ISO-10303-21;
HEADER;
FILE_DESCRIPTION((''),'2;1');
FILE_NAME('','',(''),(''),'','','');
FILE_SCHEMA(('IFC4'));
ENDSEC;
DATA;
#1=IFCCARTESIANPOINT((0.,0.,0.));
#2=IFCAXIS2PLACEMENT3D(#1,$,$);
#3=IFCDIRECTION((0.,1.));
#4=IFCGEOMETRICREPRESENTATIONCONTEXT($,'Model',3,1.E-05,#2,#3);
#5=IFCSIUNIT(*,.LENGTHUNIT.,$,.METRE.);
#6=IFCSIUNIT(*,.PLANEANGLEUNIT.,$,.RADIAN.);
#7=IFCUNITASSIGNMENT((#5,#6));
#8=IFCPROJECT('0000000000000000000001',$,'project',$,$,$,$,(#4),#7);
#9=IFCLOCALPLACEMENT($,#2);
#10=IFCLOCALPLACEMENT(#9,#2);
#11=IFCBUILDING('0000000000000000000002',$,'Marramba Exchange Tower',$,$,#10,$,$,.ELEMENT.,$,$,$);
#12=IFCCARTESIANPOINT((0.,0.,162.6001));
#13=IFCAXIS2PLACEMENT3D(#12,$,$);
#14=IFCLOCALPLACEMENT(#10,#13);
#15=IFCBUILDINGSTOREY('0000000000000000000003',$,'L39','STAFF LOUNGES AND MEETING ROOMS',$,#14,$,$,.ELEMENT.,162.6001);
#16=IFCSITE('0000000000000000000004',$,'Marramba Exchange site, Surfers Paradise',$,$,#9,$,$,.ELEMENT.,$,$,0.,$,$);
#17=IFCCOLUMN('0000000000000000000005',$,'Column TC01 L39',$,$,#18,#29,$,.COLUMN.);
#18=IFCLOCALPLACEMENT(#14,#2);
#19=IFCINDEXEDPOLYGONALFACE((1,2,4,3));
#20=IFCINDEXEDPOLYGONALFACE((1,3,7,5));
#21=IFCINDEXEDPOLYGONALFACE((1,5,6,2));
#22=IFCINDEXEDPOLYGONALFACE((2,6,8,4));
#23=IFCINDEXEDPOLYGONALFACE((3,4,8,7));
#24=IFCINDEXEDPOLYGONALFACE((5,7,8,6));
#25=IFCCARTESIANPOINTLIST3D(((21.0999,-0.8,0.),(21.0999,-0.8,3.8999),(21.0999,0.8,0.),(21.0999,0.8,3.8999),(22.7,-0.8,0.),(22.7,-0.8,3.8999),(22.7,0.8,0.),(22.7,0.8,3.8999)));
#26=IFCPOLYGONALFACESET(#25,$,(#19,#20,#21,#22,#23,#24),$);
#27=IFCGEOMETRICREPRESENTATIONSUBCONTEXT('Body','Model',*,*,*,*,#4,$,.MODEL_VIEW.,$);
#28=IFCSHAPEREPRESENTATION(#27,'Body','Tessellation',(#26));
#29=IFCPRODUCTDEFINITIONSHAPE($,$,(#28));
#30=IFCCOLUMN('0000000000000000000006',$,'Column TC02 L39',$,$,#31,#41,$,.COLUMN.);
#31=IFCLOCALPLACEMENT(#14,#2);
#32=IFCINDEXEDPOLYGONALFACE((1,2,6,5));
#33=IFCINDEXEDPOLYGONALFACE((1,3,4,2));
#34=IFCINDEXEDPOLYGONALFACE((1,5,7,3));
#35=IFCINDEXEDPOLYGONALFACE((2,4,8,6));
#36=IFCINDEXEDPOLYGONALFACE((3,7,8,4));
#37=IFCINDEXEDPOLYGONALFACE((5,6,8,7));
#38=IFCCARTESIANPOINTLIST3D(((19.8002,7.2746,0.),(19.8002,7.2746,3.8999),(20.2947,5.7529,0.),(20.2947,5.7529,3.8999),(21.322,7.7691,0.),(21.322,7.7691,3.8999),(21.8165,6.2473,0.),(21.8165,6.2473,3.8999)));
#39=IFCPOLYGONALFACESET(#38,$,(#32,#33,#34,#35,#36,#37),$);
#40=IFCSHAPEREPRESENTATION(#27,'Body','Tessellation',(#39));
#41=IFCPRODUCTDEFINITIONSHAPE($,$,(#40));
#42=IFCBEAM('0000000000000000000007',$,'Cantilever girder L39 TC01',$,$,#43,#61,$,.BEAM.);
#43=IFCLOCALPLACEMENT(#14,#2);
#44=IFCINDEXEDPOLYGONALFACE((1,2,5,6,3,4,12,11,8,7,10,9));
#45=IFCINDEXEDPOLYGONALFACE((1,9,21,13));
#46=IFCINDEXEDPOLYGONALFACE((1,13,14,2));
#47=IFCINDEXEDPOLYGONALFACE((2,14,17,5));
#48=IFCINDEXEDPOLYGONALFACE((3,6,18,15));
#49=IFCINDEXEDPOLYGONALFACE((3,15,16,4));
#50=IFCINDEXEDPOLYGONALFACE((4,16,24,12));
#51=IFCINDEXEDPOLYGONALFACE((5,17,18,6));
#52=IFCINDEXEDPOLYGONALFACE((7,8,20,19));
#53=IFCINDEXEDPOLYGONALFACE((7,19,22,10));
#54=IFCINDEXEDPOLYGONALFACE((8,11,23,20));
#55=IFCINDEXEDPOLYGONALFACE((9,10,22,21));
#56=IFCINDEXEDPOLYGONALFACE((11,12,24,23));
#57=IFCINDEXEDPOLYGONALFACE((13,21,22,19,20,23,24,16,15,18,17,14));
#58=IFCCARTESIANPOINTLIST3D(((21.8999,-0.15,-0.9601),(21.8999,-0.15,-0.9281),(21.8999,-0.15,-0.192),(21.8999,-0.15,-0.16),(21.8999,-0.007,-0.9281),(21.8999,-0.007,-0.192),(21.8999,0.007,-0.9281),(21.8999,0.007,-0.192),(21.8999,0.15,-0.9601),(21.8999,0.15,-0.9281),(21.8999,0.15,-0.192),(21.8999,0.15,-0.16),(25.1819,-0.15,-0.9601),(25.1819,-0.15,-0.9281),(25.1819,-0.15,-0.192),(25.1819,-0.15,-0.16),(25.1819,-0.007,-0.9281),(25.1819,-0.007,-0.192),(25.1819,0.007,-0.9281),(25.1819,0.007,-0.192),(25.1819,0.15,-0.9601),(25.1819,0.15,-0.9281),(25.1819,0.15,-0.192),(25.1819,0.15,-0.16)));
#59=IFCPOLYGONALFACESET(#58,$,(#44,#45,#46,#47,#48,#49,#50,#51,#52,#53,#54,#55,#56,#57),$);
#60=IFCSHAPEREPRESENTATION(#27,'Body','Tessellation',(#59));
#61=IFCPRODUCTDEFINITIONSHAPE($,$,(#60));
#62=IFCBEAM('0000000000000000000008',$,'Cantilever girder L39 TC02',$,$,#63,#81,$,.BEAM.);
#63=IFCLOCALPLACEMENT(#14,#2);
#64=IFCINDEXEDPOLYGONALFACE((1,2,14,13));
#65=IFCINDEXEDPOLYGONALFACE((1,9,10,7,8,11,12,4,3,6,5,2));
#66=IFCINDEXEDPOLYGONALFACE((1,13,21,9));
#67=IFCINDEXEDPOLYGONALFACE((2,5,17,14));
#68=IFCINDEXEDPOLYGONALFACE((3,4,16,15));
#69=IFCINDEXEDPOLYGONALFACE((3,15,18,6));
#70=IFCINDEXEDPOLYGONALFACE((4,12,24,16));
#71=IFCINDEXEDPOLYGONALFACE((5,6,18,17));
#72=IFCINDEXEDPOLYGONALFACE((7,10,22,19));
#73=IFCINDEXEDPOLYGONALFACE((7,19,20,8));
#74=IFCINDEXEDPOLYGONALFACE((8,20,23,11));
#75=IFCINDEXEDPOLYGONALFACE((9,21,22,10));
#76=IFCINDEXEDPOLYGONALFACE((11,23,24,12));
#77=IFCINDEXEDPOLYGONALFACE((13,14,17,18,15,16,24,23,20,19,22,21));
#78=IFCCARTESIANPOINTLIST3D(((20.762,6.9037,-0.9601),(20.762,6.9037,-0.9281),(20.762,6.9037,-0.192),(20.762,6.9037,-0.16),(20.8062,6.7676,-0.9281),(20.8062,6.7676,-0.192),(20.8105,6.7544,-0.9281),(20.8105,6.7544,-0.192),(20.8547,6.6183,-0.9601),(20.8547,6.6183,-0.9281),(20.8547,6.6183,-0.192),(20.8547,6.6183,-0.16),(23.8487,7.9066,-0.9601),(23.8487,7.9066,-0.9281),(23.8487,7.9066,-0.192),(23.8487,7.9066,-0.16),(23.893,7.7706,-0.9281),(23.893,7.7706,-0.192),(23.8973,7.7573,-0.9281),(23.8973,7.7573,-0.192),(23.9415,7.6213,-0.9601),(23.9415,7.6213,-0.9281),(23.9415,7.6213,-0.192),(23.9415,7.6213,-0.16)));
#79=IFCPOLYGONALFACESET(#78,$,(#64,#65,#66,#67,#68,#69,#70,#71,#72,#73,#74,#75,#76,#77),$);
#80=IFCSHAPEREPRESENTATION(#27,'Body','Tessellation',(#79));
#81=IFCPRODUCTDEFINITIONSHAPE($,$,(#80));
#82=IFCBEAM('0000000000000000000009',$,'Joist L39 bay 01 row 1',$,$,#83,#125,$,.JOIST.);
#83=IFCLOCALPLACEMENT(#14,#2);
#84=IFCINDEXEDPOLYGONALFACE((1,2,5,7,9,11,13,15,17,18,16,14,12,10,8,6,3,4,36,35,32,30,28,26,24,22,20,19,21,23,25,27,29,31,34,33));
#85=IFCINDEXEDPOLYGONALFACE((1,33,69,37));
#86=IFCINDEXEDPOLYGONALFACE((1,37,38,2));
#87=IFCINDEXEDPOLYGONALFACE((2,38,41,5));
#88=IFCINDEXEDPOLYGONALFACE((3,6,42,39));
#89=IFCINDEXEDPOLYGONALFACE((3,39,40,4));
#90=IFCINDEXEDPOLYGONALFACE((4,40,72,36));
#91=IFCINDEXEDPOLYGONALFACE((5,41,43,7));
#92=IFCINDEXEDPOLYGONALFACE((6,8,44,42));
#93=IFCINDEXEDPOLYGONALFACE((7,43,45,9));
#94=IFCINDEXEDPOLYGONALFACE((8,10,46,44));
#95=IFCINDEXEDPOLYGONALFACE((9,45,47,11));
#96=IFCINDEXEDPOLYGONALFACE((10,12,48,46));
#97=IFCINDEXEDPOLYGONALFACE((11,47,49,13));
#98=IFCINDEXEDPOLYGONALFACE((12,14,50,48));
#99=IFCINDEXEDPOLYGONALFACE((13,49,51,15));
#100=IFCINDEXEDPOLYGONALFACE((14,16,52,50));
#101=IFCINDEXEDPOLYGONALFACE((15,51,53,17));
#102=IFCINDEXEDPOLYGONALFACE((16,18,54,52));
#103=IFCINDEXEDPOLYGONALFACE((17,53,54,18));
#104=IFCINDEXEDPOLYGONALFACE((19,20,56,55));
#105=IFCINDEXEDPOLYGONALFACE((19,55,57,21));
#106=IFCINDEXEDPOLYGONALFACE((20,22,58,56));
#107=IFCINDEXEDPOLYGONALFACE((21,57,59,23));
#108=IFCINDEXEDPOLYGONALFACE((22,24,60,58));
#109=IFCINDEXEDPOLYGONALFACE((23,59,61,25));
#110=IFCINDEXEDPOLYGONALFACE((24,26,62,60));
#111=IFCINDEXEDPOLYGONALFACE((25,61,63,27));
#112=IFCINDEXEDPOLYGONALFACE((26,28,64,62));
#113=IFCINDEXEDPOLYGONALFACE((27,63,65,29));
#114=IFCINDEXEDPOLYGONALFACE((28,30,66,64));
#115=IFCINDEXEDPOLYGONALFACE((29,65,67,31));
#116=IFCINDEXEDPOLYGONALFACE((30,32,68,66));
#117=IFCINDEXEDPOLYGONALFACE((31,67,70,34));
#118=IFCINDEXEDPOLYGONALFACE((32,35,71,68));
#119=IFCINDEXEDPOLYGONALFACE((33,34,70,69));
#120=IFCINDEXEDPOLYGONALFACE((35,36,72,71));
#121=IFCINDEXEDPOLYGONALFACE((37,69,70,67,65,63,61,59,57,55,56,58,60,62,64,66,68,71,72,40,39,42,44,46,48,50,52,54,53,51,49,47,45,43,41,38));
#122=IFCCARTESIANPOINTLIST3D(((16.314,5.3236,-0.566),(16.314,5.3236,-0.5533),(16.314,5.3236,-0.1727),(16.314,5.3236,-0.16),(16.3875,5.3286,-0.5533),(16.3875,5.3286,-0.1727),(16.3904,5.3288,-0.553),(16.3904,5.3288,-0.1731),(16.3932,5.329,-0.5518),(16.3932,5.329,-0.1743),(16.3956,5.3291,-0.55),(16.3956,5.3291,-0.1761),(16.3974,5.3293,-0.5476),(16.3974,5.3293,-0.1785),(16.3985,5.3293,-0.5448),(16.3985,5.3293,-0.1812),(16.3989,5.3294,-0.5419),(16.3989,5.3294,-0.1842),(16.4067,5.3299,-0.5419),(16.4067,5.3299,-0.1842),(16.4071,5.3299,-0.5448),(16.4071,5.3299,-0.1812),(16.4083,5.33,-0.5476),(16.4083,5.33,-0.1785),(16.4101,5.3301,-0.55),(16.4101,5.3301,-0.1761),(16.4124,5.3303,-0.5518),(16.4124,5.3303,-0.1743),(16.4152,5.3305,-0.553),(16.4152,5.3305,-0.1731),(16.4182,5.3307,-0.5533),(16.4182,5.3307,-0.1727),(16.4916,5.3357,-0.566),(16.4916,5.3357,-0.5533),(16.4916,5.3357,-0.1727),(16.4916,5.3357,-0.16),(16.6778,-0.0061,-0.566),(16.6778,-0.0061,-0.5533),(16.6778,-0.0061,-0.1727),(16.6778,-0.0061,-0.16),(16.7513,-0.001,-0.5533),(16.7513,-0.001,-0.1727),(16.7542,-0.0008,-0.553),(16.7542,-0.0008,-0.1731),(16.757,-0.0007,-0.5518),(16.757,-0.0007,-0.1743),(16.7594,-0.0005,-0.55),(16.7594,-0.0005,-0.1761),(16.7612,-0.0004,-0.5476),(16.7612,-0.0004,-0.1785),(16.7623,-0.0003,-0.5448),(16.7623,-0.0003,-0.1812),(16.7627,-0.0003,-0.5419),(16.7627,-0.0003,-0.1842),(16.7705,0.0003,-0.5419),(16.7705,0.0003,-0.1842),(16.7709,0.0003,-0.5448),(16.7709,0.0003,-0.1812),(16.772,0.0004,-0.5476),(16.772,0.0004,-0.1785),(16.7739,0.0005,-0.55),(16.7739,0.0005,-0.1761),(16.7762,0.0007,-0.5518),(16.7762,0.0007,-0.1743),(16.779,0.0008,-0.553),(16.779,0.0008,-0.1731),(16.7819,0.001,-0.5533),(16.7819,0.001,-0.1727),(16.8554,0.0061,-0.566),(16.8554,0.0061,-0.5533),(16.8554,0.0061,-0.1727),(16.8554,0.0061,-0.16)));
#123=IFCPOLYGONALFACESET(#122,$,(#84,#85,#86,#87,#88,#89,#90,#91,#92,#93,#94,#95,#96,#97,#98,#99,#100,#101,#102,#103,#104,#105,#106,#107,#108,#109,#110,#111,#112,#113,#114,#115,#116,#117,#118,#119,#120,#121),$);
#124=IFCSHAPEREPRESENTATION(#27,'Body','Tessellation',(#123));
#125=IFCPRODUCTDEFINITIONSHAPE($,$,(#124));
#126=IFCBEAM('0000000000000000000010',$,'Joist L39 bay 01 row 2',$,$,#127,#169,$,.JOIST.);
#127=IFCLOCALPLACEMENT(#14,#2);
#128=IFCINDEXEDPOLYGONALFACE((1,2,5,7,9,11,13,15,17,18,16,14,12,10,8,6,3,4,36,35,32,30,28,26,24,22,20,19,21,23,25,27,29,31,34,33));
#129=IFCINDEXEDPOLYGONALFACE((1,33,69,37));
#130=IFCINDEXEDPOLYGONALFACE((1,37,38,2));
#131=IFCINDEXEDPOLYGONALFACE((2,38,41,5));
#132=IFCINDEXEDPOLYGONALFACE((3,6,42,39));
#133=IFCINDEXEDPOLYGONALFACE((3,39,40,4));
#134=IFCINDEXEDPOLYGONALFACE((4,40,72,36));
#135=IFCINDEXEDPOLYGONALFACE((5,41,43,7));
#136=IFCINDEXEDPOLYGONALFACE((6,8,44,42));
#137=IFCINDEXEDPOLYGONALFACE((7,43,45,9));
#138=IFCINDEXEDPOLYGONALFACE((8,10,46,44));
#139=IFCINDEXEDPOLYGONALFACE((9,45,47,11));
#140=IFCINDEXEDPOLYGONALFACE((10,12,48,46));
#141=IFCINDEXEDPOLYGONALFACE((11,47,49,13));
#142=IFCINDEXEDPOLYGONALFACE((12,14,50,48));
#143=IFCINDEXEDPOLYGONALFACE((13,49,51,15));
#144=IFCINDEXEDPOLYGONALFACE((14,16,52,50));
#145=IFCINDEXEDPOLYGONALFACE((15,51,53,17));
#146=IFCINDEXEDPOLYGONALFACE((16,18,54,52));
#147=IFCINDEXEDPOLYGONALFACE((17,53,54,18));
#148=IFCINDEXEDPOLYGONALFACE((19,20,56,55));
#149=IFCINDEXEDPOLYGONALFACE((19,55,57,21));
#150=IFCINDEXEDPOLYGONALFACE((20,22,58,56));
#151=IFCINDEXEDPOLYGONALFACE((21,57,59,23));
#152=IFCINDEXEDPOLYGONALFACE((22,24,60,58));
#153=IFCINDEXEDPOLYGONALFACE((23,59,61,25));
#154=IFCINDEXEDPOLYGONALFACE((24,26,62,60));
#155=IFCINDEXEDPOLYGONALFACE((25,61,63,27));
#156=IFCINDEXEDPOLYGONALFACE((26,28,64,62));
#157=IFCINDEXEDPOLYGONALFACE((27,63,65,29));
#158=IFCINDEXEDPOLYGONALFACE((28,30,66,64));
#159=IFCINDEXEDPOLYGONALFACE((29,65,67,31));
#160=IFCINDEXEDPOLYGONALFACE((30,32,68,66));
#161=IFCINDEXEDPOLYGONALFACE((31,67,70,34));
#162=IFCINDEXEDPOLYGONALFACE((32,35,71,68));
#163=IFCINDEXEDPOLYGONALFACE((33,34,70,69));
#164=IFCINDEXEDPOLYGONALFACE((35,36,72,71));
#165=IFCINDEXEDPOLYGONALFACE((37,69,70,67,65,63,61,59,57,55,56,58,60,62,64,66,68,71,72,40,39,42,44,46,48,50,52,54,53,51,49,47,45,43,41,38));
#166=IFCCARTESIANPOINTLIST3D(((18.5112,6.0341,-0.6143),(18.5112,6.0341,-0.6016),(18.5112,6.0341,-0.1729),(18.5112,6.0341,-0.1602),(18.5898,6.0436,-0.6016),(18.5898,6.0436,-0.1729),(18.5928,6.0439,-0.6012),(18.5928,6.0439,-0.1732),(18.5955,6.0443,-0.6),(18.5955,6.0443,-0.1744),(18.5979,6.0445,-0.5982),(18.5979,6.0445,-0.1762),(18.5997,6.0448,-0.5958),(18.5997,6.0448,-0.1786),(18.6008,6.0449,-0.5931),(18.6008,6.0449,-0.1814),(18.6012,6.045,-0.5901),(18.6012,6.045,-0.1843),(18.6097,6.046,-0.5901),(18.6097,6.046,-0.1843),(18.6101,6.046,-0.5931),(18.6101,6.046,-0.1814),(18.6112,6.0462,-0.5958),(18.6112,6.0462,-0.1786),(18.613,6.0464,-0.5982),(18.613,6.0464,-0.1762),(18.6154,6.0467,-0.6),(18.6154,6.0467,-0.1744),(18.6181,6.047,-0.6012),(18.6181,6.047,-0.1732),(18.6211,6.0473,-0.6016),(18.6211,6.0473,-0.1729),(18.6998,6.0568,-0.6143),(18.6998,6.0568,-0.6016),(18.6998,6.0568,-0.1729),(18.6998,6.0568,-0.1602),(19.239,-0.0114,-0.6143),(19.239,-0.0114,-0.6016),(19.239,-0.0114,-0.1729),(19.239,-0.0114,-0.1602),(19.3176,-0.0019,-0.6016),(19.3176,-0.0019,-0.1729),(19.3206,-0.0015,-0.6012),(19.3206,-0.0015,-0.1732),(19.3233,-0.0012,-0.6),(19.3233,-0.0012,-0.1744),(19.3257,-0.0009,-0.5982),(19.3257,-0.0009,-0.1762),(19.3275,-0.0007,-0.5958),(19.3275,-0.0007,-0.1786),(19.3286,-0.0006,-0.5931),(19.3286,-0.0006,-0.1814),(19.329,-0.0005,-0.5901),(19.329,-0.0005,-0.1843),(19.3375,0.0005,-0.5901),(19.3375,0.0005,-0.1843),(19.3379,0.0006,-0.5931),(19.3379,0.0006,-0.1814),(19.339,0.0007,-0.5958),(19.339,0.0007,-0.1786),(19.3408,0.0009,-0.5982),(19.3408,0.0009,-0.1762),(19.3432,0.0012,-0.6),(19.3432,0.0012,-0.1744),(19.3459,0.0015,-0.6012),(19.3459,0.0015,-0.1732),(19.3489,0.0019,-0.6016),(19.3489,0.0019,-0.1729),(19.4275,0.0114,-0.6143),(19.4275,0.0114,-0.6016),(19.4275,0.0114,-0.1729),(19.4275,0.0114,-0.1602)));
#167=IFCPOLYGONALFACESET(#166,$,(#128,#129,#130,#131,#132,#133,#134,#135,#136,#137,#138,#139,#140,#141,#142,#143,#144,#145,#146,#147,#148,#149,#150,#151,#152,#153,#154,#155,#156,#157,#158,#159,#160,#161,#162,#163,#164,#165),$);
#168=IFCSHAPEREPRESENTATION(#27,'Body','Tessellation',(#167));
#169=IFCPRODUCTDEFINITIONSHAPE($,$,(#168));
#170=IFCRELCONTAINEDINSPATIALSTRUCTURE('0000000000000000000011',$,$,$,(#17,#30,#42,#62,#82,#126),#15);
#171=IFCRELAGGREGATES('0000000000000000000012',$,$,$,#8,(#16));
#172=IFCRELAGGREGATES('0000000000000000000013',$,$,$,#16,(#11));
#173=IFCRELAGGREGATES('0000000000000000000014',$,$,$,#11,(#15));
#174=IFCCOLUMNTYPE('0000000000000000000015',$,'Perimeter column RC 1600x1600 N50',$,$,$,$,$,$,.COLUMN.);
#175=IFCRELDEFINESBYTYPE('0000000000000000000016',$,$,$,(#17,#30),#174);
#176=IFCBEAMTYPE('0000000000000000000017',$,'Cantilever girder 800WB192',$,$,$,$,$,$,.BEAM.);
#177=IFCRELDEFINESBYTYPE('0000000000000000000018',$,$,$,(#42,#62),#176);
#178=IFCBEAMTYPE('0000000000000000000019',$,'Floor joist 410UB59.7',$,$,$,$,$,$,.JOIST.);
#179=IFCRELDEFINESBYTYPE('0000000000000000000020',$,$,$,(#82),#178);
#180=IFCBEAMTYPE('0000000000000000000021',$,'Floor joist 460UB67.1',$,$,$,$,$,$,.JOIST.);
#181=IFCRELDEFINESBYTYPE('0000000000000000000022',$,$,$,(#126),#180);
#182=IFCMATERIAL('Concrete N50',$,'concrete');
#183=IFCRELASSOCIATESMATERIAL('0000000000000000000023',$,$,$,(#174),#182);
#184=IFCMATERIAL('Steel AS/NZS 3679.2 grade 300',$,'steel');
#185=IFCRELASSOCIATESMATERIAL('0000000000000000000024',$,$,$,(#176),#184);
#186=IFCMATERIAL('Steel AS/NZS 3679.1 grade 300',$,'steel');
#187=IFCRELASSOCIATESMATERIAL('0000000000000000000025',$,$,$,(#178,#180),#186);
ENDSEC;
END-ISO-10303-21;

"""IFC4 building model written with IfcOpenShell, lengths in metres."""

from ifc_helpers import new_model, si_unit, direction, frame, origin, origin_2d, place, context, subcontext, project, spatial, rectangle, i_section, extrude, material, material_profile, profile_set, type_object, element, save


model = new_model("IFC4")

# Units and contexts
model_context = context("Model", 3, precision=1e-05, world=origin(), true_north=direction((0.0, 1.0)))
body_context = subcontext(model_context, "Body", "Model", "MODEL_VIEW")
ifc_project = project(units=[si_unit("LENGTHUNIT", "METRE"), si_unit("PLANEANGLEUNIT", "RADIAN")], contexts=[model_context])

# Site, building, storey
site_placement = place(None, origin())
site = spatial("IfcSite", under=ifc_project, at=site_placement, Name="Marramba Exchange site, Surfers Paradise", CompositionType="ELEMENT", RefElevation=0.0)
building_placement = place(site_placement, origin())
building = spatial("IfcBuilding", under=site, at=building_placement, Name="Marramba Exchange Tower", CompositionType="ELEMENT")
storey_placement = place(building_placement, frame((0.0, 0.0, 162.6001)))
storey = spatial("IfcBuildingStorey", under=building, at=storey_placement, Name="L39", Description="STAFF LOUNGES AND MEETING ROOMS", CompositionType="ELEMENT", Elevation=162.6001)

# Columns
ifc_material_1 = material(Name="Concrete N50", Category="concrete")
ifc_material_profile_1 = material_profile(ifc_material_1, rectangle(XDim=1.6001, YDim=1.6001, at=origin_2d()), Name="RC 1600x1600")
ifc_profile_set_1 = profile_set([ifc_material_profile_1], Name="Concrete N50")
column_type = type_object("IfcColumnType", Name="Perimeter column RC 1600x1600 N50", PredefinedType="COLUMN", material=ifc_profile_set_1)
for number, where, z_axis, x_axis, name in (
    (1, (21.8999, 0.0, 0.0), (0.0, 0.0, 1.0), (1.0, 0.0, 0.0), "Column TC01 L39"),
    (2, (20.8083, 6.761, 0.0), (0.0, 0.0, 1.0), (0.951057, 0.309017, 0.0), "Column TC02 L39"),
):
    element("IfcColumn", number, at=place(storey_placement, frame(where, z_axis=z_axis, x_axis=x_axis)), inside=storey, type_object=column_type, Name=name, PredefinedType="COLUMN", context=body_context, shape_type="SweptSolid", body=[
        extrude(rectangle(XDim=1.6001, YDim=1.6001, at=origin_2d()), origin(), (0.0, 0.0, 1.0), 3.8999),
    ])

# Beams
ifc_material_2 = material(Name="Steel AS/NZS 3679.2 grade 300", Category="steel")
ifc_material_profile_2 = material_profile(ifc_material_2, i_section(OverallWidth=0.3, OverallDepth=0.8, WebThickness=0.0139, FlangeThickness=0.032, at=origin_2d()), Name="800WB192")
ifc_profile_set_2 = profile_set([ifc_material_profile_2], Name="Steel AS/NZS 3679.2 grade 300")
beam_type_1 = type_object("IfcBeamType", Name="Cantilever girder 800WB192", PredefinedType="BEAM", material=ifc_profile_set_2)
beam_1_placement = place(storey_placement, frame((21.8999, 0.0, -0.5601), z_axis=(1.0, 0.0, 0.0), x_axis=(0.0, 1.0, 0.0)))
element("IfcBeam", 3, at=beam_1_placement, inside=storey, type_object=beam_type_1, Name="Cantilever girder L39 TC01", PredefinedType="BEAM", context=body_context, shape_type="SweptSolid", body=[
    extrude(i_section(OverallWidth=0.3, OverallDepth=0.8, WebThickness=0.0139, FlangeThickness=0.032, at=origin_2d()), origin(), (0.0, 0.0, 1.0), 3.282),
])
beam_2_placement = place(storey_placement, frame((20.8083, 6.761, -0.5601), z_axis=(0.951056, 0.30902, 0.0), x_axis=(-0.30902, 0.951056, 0.0)))
element("IfcBeam", 4, at=beam_2_placement, inside=storey, type_object=beam_type_1, Name="Cantilever girder L39 TC02", PredefinedType="BEAM", context=body_context, shape_type="SweptSolid", body=[
    extrude(i_section(OverallWidth=0.3, OverallDepth=0.8, WebThickness=0.0139, FlangeThickness=0.032, at=origin_2d()), origin(), (0.0, 0.0, 1.0), 3.2456),
])
ifc_material_3 = material(Name="Steel AS/NZS 3679.1 grade 300", Category="steel")
ifc_material_profile_3 = material_profile(ifc_material_3, i_section(OverallWidth=0.178, OverallDepth=0.406, WebThickness=0.0078, FlangeThickness=0.0127, FilletRadius=0.0115, at=origin_2d()), Name="410UB59.7")
ifc_profile_set_3 = profile_set([ifc_material_profile_3], Name="Steel AS/NZS 3679.1 grade 300")
beam_type_2 = type_object("IfcBeamType", Name="Floor joist 410UB59.7", PredefinedType="JOIST", material=ifc_profile_set_3)
beam_3_placement = place(storey_placement, frame((16.7666, 0.0, -0.363), z_axis=(-0.068096, 0.997679, 0.0), x_axis=(-0.997679, -0.068096, 0.0)))
element("IfcBeam", 5, at=beam_3_placement, inside=storey, type_object=beam_type_2, Name="Joist L39 bay 01 row 1", PredefinedType="JOIST", context=body_context, shape_type="SweptSolid", body=[
    extrude(i_section(OverallWidth=0.178, OverallDepth=0.406, WebThickness=0.0078, FlangeThickness=0.0127, FilletRadius=0.0115, at=origin_2d()), origin(), (0.0, 0.0, 1.0), 5.342),
])
ifc_material_profile_4 = material_profile(ifc_material_3, i_section(OverallWidth=0.1899, OverallDepth=0.4541, WebThickness=0.0085, FlangeThickness=0.0127, FilletRadius=0.0115, at=origin_2d()), Name="460UB67.1")
ifc_profile_set_4 = profile_set([ifc_material_profile_4], Name="Steel AS/NZS 3679.1 grade 300")
beam_type_3 = type_object("IfcBeamType", Name="Floor joist 460UB67.1", PredefinedType="JOIST", material=ifc_profile_set_4)
beam_4_placement = place(storey_placement, frame((19.3333, 0.0, -0.3872), z_axis=(-0.119523, 0.992831, 0.0), x_axis=(-0.992831, -0.119523, 0.0)))
element("IfcBeam", 6, at=beam_4_placement, inside=storey, type_object=beam_type_3, Name="Joist L39 bay 01 row 2", PredefinedType="JOIST", context=body_context, shape_type="SweptSolid", body=[
    extrude(i_section(OverallWidth=0.1899, OverallDepth=0.4541, WebThickness=0.0085, FlangeThickness=0.0127, FilletRadius=0.0115, at=origin_2d()), origin(), (0.0, 0.0, 1.0), 6.0891),
])

save(model, "model.ifc")
